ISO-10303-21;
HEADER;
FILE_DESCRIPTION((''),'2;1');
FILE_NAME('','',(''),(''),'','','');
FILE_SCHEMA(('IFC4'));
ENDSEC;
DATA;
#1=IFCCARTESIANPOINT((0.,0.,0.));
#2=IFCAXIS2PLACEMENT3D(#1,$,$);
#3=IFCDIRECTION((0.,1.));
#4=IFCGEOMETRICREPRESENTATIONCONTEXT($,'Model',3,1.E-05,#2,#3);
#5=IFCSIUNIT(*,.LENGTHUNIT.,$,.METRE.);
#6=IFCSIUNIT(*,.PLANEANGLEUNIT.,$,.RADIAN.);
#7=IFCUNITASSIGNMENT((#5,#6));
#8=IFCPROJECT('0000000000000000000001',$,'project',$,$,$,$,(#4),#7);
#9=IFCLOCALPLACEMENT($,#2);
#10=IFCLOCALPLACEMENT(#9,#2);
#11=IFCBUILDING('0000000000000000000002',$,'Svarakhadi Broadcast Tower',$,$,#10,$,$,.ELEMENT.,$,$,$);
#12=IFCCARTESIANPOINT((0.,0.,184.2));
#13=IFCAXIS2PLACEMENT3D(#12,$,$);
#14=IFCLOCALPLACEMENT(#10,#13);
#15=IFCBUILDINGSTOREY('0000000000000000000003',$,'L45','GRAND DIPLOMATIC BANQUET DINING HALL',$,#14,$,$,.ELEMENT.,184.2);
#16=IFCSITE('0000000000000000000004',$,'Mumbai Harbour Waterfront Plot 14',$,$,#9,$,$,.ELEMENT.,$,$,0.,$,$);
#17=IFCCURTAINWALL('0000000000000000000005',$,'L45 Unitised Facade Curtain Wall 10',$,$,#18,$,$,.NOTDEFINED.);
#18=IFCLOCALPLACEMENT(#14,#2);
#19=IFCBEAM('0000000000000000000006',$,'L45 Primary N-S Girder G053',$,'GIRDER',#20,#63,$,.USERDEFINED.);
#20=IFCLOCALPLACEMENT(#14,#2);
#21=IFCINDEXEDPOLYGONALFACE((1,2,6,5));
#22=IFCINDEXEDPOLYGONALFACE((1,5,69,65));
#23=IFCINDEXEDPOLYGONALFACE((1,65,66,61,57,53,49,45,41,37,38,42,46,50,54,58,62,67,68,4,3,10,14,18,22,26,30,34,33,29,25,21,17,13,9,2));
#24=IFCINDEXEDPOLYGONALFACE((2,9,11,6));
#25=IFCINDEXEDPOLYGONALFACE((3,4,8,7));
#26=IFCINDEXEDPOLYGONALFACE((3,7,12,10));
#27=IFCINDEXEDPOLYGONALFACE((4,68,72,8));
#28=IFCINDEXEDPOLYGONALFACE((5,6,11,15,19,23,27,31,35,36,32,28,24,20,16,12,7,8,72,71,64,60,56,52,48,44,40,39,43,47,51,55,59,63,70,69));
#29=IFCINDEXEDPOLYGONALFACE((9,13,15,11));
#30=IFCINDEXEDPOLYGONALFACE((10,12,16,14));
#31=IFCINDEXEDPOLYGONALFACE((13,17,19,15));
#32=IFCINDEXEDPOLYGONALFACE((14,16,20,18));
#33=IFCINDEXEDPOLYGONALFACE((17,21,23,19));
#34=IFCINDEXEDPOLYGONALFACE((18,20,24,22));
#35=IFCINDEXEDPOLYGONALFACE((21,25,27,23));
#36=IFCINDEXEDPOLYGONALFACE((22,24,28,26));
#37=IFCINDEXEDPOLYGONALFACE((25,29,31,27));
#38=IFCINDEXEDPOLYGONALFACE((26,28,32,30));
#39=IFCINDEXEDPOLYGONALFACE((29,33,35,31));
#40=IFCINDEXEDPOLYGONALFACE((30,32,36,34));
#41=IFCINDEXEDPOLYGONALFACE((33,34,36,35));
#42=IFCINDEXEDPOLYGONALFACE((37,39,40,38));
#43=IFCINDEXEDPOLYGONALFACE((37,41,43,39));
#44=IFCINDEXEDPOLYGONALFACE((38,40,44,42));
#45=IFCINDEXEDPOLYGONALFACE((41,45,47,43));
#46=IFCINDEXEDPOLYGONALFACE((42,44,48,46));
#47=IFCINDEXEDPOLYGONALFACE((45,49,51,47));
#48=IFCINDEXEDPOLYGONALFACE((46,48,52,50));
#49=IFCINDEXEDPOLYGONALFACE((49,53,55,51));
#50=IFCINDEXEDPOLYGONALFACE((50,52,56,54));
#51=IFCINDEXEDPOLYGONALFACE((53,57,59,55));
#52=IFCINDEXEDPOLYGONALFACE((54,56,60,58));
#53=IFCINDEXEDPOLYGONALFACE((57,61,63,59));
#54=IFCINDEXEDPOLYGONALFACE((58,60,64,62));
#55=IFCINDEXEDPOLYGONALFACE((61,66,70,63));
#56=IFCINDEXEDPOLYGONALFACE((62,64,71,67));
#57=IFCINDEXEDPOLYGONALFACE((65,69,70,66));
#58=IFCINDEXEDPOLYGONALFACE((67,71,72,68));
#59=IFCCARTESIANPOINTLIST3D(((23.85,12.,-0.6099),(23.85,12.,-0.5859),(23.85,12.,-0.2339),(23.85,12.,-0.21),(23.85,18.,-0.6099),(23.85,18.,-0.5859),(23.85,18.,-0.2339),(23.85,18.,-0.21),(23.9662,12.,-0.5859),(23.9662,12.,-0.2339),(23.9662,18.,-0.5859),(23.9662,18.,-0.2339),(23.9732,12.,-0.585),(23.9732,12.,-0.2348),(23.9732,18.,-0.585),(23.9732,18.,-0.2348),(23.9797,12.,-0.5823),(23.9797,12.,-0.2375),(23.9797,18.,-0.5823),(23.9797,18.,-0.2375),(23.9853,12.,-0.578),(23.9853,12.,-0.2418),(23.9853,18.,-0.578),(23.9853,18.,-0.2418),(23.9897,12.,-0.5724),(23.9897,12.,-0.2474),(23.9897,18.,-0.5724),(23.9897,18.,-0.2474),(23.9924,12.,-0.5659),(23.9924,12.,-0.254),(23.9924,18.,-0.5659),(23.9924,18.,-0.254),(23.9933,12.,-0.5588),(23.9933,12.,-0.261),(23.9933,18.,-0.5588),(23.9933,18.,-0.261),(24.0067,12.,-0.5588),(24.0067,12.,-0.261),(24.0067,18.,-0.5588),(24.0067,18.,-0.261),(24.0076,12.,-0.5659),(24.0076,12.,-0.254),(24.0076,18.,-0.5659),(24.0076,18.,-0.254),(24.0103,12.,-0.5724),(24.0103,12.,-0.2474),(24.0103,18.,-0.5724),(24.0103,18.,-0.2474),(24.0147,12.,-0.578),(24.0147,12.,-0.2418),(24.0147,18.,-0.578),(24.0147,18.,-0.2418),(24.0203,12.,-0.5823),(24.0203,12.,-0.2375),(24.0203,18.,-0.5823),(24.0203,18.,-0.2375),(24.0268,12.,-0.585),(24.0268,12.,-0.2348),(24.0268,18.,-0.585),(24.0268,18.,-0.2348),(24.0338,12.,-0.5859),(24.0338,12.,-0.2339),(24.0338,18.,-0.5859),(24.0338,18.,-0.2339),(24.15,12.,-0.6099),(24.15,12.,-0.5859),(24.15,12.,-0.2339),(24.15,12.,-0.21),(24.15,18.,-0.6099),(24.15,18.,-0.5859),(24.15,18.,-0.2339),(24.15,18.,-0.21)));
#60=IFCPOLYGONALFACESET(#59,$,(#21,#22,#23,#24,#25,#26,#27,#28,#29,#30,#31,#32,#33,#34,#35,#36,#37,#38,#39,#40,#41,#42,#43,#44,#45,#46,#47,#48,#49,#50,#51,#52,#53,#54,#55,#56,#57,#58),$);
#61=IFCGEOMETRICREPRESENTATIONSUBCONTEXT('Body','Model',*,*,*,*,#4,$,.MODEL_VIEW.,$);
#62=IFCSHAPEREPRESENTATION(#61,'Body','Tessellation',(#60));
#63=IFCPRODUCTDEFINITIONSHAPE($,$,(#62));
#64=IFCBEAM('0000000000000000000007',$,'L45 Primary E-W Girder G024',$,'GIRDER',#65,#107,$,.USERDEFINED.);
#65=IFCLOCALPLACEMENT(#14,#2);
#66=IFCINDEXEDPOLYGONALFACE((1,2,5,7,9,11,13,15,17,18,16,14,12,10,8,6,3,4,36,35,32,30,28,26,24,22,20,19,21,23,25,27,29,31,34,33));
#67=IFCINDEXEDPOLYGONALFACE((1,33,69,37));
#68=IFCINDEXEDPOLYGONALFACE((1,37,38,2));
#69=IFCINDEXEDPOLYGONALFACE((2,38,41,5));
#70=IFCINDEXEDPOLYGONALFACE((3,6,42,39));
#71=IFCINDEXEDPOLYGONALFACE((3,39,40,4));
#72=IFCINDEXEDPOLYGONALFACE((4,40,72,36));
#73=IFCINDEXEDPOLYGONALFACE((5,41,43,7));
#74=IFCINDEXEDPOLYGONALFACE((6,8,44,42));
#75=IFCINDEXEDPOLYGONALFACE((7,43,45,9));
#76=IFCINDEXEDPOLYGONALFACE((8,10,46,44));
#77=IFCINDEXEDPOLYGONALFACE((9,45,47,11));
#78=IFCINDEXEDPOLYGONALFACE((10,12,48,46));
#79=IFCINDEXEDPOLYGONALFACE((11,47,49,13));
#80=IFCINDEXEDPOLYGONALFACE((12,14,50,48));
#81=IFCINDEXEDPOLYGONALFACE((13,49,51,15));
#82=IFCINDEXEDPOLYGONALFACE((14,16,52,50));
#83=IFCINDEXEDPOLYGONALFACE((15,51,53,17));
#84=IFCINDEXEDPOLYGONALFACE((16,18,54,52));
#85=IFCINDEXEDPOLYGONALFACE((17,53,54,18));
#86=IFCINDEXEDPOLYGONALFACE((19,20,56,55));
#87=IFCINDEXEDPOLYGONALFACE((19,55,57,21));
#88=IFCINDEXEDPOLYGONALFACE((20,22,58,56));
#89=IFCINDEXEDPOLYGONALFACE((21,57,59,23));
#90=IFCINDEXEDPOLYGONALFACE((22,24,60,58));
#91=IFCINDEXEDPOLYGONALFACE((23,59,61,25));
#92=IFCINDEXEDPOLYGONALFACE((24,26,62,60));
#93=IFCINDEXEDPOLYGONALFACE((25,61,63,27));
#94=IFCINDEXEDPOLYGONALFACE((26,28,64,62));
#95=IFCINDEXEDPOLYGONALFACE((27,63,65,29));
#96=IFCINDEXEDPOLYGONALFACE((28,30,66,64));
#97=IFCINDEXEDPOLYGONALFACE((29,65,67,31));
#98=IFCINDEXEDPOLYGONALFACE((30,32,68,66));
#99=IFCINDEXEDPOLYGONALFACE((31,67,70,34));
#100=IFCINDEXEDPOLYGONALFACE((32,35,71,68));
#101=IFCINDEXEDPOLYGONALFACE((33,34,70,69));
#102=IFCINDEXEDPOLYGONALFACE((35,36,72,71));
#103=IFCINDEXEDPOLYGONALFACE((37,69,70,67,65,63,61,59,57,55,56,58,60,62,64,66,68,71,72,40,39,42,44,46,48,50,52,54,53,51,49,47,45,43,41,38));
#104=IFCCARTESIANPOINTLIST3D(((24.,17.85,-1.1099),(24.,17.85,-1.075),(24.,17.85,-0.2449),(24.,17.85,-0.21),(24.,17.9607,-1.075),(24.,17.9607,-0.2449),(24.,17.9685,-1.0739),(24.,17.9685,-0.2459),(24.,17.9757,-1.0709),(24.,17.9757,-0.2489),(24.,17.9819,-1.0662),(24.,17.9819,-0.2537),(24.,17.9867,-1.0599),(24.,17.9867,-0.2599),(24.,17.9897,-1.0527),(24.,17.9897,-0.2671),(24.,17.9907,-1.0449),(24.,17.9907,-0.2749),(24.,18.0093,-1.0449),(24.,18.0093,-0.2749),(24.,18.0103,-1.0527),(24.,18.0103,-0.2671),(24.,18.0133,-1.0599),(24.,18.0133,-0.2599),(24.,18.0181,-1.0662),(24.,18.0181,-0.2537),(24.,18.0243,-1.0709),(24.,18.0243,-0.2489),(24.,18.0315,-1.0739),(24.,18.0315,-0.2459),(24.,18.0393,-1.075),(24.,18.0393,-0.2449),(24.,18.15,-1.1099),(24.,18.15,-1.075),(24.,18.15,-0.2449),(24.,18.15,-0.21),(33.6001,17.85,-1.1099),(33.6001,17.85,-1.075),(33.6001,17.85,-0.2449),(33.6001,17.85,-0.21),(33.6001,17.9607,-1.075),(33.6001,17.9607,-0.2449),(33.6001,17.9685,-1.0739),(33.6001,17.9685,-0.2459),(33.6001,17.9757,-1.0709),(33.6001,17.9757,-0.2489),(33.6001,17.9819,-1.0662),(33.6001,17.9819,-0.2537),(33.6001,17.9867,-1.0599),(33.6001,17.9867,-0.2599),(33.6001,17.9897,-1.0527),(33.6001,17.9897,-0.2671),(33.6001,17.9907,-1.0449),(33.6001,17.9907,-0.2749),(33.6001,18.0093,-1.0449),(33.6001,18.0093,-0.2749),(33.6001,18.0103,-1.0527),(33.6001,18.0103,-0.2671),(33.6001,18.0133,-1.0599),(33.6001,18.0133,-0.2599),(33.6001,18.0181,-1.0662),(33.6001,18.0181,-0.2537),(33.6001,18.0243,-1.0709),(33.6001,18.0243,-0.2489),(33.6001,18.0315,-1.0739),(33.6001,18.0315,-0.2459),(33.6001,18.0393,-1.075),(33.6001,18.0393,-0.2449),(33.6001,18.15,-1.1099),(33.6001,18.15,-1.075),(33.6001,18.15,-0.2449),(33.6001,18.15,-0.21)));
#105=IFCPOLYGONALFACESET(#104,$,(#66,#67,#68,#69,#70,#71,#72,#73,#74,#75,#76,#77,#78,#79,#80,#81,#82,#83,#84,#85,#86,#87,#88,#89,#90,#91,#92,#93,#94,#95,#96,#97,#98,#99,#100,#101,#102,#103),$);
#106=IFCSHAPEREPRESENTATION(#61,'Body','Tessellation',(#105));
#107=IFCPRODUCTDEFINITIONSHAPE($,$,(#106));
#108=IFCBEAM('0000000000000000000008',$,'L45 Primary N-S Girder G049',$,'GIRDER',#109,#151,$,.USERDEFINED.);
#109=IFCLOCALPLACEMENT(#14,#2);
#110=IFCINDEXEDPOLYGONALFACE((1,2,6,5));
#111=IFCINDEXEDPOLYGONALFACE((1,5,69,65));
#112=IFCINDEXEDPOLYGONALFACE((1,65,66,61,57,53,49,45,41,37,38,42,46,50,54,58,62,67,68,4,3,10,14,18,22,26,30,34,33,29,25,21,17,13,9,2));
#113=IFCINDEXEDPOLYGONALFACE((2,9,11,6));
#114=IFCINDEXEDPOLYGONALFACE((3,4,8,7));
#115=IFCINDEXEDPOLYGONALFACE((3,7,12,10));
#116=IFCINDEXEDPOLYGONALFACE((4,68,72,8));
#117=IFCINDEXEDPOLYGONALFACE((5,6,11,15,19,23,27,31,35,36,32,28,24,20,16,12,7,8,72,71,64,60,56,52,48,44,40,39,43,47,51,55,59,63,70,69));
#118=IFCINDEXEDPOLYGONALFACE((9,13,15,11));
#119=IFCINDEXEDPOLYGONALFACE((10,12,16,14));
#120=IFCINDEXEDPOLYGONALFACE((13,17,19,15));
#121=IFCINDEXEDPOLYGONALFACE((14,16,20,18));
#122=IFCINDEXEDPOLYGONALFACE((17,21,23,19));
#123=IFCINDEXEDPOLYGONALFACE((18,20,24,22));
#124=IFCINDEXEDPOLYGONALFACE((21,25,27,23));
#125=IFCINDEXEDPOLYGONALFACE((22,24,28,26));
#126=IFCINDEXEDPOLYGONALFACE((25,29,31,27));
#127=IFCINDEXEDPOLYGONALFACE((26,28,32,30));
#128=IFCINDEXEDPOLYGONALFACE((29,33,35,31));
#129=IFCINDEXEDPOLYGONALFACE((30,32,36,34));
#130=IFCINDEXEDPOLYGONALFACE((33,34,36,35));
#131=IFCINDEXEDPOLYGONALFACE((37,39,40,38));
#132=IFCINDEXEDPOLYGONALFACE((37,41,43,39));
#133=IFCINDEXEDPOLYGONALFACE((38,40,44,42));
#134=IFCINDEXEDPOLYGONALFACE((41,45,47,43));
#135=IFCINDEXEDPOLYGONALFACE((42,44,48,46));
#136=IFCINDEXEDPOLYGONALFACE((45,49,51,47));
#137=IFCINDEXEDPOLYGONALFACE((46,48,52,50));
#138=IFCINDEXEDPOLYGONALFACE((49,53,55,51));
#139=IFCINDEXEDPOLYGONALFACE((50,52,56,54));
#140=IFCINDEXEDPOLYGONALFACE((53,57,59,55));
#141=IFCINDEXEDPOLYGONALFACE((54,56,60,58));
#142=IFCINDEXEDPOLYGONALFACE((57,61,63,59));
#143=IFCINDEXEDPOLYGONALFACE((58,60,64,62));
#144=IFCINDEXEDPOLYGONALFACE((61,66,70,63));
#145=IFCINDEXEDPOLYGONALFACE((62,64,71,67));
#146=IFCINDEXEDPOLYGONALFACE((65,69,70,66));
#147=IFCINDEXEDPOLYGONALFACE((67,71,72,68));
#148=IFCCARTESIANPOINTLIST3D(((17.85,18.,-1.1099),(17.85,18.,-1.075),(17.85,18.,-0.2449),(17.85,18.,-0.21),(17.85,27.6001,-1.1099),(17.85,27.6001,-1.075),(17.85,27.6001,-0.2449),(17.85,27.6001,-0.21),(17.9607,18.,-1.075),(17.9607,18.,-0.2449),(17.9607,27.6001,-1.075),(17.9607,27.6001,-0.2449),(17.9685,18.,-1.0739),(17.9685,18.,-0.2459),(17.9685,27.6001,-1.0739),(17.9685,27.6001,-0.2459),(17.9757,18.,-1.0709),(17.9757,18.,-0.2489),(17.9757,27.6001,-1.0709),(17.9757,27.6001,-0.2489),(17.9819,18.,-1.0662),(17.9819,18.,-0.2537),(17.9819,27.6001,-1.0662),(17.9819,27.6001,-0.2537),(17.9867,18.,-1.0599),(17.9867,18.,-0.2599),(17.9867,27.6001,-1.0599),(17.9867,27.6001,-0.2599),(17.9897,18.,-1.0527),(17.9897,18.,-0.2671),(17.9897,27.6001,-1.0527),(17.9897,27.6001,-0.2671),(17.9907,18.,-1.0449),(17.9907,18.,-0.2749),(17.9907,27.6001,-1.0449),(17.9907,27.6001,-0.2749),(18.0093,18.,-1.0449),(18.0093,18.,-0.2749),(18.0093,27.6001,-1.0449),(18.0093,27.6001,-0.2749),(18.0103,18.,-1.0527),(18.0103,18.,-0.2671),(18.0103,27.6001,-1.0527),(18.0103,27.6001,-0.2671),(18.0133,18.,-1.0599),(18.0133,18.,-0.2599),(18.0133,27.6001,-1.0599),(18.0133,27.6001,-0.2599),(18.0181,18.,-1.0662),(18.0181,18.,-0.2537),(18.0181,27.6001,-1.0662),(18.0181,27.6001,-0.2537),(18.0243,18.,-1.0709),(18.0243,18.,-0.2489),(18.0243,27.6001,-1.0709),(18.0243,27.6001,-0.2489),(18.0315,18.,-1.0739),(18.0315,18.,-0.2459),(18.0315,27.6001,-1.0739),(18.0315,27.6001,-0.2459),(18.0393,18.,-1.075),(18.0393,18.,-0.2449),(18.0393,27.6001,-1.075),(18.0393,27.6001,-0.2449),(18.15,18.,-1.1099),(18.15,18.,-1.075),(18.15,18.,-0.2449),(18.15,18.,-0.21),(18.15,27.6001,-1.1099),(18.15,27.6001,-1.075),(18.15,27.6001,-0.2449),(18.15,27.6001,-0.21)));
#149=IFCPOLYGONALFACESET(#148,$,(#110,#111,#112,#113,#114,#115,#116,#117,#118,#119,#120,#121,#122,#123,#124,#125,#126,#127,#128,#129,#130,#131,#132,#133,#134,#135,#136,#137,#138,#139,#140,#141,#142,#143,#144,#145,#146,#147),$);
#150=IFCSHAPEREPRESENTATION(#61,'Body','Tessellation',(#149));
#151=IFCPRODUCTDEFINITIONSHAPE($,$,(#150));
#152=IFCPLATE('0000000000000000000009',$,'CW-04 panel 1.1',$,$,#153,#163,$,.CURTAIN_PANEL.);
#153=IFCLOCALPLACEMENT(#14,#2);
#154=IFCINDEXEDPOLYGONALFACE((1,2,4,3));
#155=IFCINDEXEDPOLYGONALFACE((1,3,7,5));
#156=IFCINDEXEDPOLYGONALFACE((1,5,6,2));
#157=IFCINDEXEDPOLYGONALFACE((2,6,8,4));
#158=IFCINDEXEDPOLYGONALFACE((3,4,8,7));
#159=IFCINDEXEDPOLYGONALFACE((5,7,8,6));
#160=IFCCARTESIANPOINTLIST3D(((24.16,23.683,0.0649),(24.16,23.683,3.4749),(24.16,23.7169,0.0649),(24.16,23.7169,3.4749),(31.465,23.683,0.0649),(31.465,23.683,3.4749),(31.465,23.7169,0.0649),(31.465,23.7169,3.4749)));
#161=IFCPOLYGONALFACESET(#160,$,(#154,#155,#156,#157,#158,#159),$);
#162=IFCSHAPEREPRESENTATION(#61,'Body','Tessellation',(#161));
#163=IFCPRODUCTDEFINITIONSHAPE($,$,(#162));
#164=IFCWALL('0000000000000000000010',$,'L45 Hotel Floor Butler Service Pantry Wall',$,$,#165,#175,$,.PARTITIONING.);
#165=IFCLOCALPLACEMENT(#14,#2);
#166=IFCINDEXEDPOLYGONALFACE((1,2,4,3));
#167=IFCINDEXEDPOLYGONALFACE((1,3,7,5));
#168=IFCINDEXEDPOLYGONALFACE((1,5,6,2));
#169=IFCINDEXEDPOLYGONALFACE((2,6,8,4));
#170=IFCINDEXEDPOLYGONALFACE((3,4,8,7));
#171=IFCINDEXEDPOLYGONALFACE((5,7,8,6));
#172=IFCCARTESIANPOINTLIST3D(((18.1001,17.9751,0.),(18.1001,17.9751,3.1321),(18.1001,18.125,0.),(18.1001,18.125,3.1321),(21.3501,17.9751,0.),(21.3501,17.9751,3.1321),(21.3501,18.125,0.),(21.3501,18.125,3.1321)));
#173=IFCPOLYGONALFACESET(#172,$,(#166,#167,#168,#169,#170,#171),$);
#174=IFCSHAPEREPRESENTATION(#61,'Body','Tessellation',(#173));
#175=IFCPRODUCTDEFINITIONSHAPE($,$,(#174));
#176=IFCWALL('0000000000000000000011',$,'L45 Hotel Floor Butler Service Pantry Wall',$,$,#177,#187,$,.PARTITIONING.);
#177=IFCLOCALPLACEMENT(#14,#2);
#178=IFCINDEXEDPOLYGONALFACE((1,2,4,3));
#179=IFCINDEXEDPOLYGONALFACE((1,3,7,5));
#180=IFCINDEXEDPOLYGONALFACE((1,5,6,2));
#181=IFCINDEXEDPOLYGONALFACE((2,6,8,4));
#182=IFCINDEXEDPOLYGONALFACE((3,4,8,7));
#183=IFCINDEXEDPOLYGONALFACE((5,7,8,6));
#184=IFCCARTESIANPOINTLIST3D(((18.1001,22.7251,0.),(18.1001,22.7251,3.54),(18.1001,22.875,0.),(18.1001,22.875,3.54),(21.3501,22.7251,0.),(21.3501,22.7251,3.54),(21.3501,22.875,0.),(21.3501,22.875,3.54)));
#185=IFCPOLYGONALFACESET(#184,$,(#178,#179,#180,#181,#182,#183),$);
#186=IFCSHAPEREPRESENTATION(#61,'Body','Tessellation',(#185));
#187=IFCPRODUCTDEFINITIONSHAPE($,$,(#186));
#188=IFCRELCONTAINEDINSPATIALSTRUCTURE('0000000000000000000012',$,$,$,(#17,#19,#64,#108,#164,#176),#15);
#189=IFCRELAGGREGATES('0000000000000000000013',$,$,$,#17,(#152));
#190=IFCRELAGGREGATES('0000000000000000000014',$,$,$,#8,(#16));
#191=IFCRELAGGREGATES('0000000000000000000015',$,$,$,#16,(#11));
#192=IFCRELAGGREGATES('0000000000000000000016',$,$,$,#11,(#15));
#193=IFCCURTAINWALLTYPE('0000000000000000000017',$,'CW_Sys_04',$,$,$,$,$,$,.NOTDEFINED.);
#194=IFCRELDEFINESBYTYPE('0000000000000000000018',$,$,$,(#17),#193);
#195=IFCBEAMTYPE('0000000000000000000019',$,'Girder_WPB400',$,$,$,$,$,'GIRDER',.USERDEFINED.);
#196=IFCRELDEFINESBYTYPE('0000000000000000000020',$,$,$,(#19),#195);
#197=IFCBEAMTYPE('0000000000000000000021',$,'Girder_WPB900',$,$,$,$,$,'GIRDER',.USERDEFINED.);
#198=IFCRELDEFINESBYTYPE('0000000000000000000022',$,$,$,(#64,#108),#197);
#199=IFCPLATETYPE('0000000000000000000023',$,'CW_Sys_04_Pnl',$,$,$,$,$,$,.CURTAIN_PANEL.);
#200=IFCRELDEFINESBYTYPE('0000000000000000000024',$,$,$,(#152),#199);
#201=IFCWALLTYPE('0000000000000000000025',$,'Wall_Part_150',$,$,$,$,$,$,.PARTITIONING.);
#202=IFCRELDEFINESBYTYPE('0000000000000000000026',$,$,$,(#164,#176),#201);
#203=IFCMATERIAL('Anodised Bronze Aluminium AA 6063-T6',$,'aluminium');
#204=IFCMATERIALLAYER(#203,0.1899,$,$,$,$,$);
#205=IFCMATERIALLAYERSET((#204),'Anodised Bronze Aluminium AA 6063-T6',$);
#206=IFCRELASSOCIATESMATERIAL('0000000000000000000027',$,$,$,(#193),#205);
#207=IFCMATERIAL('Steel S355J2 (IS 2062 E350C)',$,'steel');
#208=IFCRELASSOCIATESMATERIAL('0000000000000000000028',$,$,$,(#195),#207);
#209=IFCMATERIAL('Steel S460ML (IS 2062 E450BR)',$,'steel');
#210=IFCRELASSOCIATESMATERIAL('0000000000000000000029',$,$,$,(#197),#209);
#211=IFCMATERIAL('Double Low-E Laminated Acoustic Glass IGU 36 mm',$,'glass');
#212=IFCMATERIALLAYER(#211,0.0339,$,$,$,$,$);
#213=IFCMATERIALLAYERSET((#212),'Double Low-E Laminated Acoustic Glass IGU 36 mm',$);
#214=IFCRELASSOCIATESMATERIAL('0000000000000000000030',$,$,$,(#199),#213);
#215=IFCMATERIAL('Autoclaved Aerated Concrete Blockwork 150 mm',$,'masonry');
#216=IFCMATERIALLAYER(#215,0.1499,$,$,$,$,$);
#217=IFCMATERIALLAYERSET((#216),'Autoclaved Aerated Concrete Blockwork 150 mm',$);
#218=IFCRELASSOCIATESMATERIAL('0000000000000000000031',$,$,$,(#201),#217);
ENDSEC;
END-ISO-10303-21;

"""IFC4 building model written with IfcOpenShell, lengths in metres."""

from ifc_helpers import new_model, si_unit, direction, frame, frame_2d, origin, origin_2d, place, context, subcontext, project, spatial, rectangle, i_section, extrude, material, layer, layer_set, material_profile, profile_set, type_object, element, aggregate, save


model = new_model("IFC4")

# Units and contexts
model_context = context("Model", 3, precision=1e-05, world=origin(), true_north=direction((0.0, 1.0)))
body_context = subcontext(model_context, "Body", "Model", "MODEL_VIEW")
ifc_project = project(units=[si_unit("LENGTHUNIT", "METRE"), si_unit("PLANEANGLEUNIT", "RADIAN")], contexts=[model_context])

# Site, building, storey
site_placement = place(None, origin())
site = spatial("IfcSite", under=ifc_project, at=site_placement, Name="Mumbai Harbour Waterfront Plot 14", CompositionType="ELEMENT", RefElevation=0.0)
building_placement = place(site_placement, origin())
building = spatial("IfcBuilding", under=site, at=building_placement, Name="Svarakhadi Broadcast Tower", CompositionType="ELEMENT")
storey_placement = place(building_placement, frame((0.0, 0.0, 184.2)))
storey = spatial("IfcBuildingStorey", under=building, at=storey_placement, Name="L45", Description="GRAND DIPLOMATIC BANQUET DINING HALL", CompositionType="ELEMENT", Elevation=184.2)

# Shared definitions
ifc_material_1 = material(Name="Steel S355J2 (IS 2062 E350C)", Category="steel")

# Shared definitions
ifc_material_2 = material(Name="Anodised Bronze Aluminium AA 6063-T6", Category="aluminium")
ifc_layer_1 = layer(ifc_material_2, 0.1899)
ifc_layer_set_1 = layer_set([ifc_layer_1], Name="Anodised Bronze Aluminium AA 6063-T6")
curtain_wall_type = type_object("IfcCurtainWallType", Name="CW_Sys_04", PredefinedType="NOTDEFINED", material=ifc_layer_set_1)

# Curtain wall
curtain_wall_1_placement = place(storey_placement, origin())
curtain_wall_1 = element("IfcCurtainWall", 1, at=curtain_wall_1_placement, inside=storey, type_object=curtain_wall_type, Name="L45 Unitised Facade Curtain Wall 10", PredefinedType="NOTDEFINED")

# Beams
ifc_material_profile_1 = material_profile(ifc_material_1, i_section(OverallWidth=0.3, OverallDepth=0.3999, WebThickness=0.0134, FlangeThickness=0.0239, FilletRadius=0.0271, at=origin_2d()), Name="WPB 400x300x155")
ifc_profile_set_1 = profile_set([ifc_material_profile_1], Name="Steel S355J2 (IS 2062 E350C)")
beam_type_1 = type_object("IfcBeamType", Name="Girder_WPB400", ElementType="GIRDER", PredefinedType="USERDEFINED", material=ifc_profile_set_1)
for number, where, z_axis, x_axis, name in (
    (2, (24.0, 12.0, -0.4099), (0.0, 1.0, 0.0), (-1.0, 0.0, 0.0), "L45 Primary N-S Girder G053"),
):
    element("IfcBeam", number, at=place(storey_placement, frame(where, z_axis=z_axis, x_axis=x_axis)), inside=storey, type_object=beam_type_1, Name=name, ObjectType="GIRDER", PredefinedType="USERDEFINED", context=body_context, shape_type="SweptSolid", body=[
        extrude(i_section(OverallWidth=0.3, OverallDepth=0.3999, WebThickness=0.0134, FlangeThickness=0.0239, FilletRadius=0.0271, at=origin_2d()), origin(), (0.0, 0.0, 1.0), 6.0),
    ])
ifc_material_3 = material(Name="Steel S460ML (IS 2062 E450BR)", Category="steel")
ifc_material_profile_2 = material_profile(ifc_material_3, i_section(OverallWidth=0.3, OverallDepth=0.8999, WebThickness=0.0186, FlangeThickness=0.0349, FilletRadius=0.03, at=origin_2d()), Name="WPB 900x300x291")
ifc_profile_set_2 = profile_set([ifc_material_profile_2], Name="Steel S460ML (IS 2062 E450BR)")
beam_type_2 = type_object("IfcBeamType", Name="Girder_WPB900", ElementType="GIRDER", PredefinedType="USERDEFINED", material=ifc_profile_set_2)
for number, where, z_axis, x_axis, name in (
    (3, (24.0, 18.0, -0.6599), (1.0, 0.0, 0.0), (0.0, 1.0, 0.0), "L45 Primary E-W Girder G024"),
    (4, (18.0, 18.0, -0.6599), (0.0, 1.0, 0.0), (-1.0, 0.0, 0.0), "L45 Primary N-S Girder G049"),
):
    element("IfcBeam", number, at=place(storey_placement, frame(where, z_axis=z_axis, x_axis=x_axis)), inside=storey, type_object=beam_type_2, Name=name, ObjectType="GIRDER", PredefinedType="USERDEFINED", context=body_context, shape_type="SweptSolid", body=[
        extrude(i_section(OverallWidth=0.3, OverallDepth=0.8999, WebThickness=0.0186, FlangeThickness=0.0349, FilletRadius=0.03, at=origin_2d()), origin(), (0.0, 0.0, 1.0), 9.6001),
    ])

# Plate
ifc_material_4 = material(Name="Double Low-E Laminated Acoustic Glass IGU 36 mm", Category="glass")
ifc_layer_2 = layer(ifc_material_4, 0.0339)
ifc_layer_set_2 = layer_set([ifc_layer_2], Name="Double Low-E Laminated Acoustic Glass IGU 36 mm")
plate_type = type_object("IfcPlateType", Name="CW_Sys_04_Pnl", PredefinedType="CURTAIN_PANEL", material=ifc_layer_set_2)
plate_placement = place(storey_placement, frame((27.8125, 23.7, 0.0649), z_axis=(0.0, 0.0, 1.0), x_axis=(1.0, 0.0, 0.0)))
plate = element("IfcPlate", 5, at=plate_placement, type_object=plate_type, Name="CW-04 panel 1.1", PredefinedType="CURTAIN_PANEL", context=body_context, shape_type="SweptSolid", body=[
    extrude(rectangle(XDim=7.3049, YDim=0.0339, at=origin_2d()), origin(), (0.0, 0.0, 1.0), 3.4099),
])
aggregate(curtain_wall_1, [plate])

# Walls
ifc_material_5 = material(Name="Autoclaved Aerated Concrete Blockwork 150 mm", Category="masonry")
ifc_layer_3 = layer(ifc_material_5, 0.1499)
ifc_layer_set_3 = layer_set([ifc_layer_3], Name="Autoclaved Aerated Concrete Blockwork 150 mm")
wall_type_1 = type_object("IfcWallType", Name="Wall_Part_150", PredefinedType="PARTITIONING", material=ifc_layer_set_3)
wall_1_placement = place(storey_placement, frame((18.1001, 18.05, 0.0), z_axis=(0.0, 0.0, 1.0), x_axis=(1.0, 0.0, 0.0)))
element("IfcWall", 6, at=wall_1_placement, inside=storey, type_object=wall_type_1, Name="L45 Hotel Floor Butler Service Pantry Wall", PredefinedType="PARTITIONING", context=body_context, shape_type="SweptSolid", body=[
    extrude(rectangle(XDim=3.25, YDim=0.1499, at=frame_2d((1.625, 0.0))), origin(), (0.0, 0.0, 1.0), 3.1321),
])
wall_2_placement = place(storey_placement, frame((18.1001, 22.8, 0.0), z_axis=(0.0, 0.0, 1.0), x_axis=(1.0, 0.0, 0.0)))
element("IfcWall", 7, at=wall_2_placement, inside=storey, type_object=wall_type_1, Name="L45 Hotel Floor Butler Service Pantry Wall", PredefinedType="PARTITIONING", context=body_context, shape_type="SweptSolid", body=[
    extrude(rectangle(XDim=3.25, YDim=0.1499, at=frame_2d((1.625, 0.0))), origin(), (0.0, 0.0, 1.0), 3.54),
])

save(model, "model.ifc")
